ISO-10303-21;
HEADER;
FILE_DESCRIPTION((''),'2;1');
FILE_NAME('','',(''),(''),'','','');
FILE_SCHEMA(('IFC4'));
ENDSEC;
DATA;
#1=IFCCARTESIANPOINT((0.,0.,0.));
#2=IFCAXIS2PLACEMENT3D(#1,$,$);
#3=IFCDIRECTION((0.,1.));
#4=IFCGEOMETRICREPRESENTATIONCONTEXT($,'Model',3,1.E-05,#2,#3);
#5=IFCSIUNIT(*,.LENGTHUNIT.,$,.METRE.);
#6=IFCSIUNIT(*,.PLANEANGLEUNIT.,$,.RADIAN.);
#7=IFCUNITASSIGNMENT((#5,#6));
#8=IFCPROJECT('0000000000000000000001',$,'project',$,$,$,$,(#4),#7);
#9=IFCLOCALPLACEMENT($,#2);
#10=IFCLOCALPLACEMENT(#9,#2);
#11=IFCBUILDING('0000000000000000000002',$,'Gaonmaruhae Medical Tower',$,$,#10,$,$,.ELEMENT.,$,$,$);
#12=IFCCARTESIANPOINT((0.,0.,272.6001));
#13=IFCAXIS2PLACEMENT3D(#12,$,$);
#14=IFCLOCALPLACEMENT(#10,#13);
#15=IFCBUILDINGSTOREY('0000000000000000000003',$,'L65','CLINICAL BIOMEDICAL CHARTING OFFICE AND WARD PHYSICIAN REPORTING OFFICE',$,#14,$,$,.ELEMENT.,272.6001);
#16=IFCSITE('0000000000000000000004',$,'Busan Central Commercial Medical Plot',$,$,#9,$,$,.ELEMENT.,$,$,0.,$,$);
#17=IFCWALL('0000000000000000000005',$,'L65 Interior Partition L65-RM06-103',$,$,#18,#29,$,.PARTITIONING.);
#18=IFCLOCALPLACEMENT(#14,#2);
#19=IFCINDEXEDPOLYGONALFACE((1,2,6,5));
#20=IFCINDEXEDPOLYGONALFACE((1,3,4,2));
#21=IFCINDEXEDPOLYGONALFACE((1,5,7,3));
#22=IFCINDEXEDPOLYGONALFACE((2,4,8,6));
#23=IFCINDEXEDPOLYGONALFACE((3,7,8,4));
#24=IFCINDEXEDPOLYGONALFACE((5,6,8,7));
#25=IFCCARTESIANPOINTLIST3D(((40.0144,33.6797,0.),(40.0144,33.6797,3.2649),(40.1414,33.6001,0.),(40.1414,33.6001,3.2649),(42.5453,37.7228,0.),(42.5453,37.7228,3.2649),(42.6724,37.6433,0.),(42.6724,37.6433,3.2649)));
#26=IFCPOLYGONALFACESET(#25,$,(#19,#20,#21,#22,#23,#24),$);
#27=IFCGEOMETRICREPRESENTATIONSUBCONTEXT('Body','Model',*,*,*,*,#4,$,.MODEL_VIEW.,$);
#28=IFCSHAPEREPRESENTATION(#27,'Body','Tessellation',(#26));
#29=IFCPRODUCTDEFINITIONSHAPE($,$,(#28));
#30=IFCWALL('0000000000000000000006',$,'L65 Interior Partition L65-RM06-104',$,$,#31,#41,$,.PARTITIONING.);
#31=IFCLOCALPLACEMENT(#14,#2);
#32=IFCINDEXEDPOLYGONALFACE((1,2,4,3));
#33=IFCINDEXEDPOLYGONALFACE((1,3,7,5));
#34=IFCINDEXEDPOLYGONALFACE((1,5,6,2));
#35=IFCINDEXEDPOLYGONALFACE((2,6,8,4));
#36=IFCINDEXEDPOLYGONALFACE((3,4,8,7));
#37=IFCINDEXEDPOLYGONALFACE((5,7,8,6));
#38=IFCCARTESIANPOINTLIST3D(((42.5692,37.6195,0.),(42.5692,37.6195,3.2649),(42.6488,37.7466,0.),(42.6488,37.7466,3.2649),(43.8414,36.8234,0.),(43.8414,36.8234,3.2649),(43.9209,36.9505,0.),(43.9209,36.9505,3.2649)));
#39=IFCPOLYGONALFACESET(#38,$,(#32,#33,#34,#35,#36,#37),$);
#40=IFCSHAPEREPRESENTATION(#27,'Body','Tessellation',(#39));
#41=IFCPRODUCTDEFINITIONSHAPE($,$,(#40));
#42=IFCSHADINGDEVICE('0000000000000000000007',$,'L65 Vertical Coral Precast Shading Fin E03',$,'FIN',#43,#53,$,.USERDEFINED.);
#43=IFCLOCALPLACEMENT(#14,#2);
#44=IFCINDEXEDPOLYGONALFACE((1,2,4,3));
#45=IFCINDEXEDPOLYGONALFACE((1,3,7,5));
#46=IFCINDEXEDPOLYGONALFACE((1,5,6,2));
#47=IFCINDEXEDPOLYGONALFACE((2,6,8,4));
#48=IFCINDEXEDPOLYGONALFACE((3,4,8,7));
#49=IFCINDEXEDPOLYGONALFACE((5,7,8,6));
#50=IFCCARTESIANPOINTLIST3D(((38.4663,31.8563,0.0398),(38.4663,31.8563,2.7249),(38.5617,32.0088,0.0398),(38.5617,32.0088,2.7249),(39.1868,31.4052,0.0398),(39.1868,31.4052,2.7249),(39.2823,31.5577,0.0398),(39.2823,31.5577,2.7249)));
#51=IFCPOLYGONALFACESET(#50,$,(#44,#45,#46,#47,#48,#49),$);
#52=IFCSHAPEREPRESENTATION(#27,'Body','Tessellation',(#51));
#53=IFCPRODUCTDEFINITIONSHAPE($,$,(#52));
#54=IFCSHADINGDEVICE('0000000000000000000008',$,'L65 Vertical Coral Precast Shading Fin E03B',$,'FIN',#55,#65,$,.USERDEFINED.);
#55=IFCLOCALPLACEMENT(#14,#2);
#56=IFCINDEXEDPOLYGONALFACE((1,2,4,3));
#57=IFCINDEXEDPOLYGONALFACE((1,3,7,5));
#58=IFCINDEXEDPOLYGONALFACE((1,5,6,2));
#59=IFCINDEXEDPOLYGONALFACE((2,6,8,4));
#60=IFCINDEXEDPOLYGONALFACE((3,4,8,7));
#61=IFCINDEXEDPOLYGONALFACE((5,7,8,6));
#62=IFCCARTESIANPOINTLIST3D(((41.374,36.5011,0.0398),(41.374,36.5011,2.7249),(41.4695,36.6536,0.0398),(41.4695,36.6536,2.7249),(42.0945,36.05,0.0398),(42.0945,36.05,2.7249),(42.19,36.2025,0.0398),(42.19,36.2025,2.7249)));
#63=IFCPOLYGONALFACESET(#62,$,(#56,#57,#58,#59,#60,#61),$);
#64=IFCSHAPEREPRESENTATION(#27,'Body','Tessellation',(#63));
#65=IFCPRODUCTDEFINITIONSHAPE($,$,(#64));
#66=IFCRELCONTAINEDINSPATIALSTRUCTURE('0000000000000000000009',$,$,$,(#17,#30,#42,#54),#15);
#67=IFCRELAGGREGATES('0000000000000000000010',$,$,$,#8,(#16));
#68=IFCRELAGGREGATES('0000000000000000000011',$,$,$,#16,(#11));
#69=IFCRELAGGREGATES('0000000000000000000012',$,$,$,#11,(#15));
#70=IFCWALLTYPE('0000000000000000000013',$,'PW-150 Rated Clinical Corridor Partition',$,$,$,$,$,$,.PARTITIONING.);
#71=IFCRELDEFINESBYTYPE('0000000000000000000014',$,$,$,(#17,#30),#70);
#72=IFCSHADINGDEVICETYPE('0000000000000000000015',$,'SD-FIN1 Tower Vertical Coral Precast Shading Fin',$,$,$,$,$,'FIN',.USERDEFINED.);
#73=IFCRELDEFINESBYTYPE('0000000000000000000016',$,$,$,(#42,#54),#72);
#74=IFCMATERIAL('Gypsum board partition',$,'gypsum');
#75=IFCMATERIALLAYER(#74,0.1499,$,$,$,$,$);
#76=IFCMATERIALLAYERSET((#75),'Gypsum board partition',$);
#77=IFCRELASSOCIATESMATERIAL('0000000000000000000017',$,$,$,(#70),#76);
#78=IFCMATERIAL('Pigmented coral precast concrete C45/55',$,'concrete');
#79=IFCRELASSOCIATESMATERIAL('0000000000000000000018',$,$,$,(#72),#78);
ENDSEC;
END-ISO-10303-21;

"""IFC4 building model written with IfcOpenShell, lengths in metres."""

from ifc_helpers import new_model, si_unit, direction, frame, frame_2d, origin, origin_2d, place, context, subcontext, project, spatial, rectangle, extrude, material, layer, layer_set, type_object, element, save


model = new_model("IFC4")

# Units and contexts
model_context = context("Model", 3, precision=1e-05, world=origin(), true_north=direction((0.0, 1.0)))
body_context = subcontext(model_context, "Body", "Model", "MODEL_VIEW")
ifc_project = project(units=[si_unit("LENGTHUNIT", "METRE"), si_unit("PLANEANGLEUNIT", "RADIAN")], contexts=[model_context])

# Site, building, storey
site_placement = place(None, origin())
site = spatial("IfcSite", under=ifc_project, at=site_placement, Name="Busan Central Commercial Medical Plot", CompositionType="ELEMENT", RefElevation=0.0)
building_placement = place(site_placement, origin())
building = spatial("IfcBuilding", under=site, at=building_placement, Name="Gaonmaruhae Medical Tower", CompositionType="ELEMENT")
storey_placement = place(building_placement, frame((0.0, 0.0, 272.6001)))
storey = spatial("IfcBuildingStorey", under=building, at=storey_placement, Name="L65", Description="CLINICAL BIOMEDICAL CHARTING OFFICE AND WARD PHYSICIAN REPORTING OFFICE", CompositionType="ELEMENT", Elevation=272.6001)

# Walls
ifc_material_1 = material(Name="Gypsum board partition", Category="gypsum")
ifc_layer_1 = layer(ifc_material_1, 0.1499)
ifc_layer_set_1 = layer_set([ifc_layer_1], Name="Gypsum board partition")
wall_type_1 = type_object("IfcWallType", Name="PW-150 Rated Clinical Corridor Partition", PredefinedType="PARTITIONING", material=ifc_layer_set_1)
wall_1_placement = place(storey_placement, frame((40.0779, 33.6399, 0.0), z_axis=(0.0, 0.0, 1.0), x_axis=(0.530601, 0.847621, 0.0)))
element("IfcWall", 1, at=wall_1_placement, inside=storey, type_object=wall_type_1, Name="L65 Interior Partition L65-RM06-103", PredefinedType="PARTITIONING", context=body_context, shape_type="SweptSolid", body=[
    extrude(rectangle(XDim=4.77, YDim=0.1499, at=frame_2d((2.385, 0.0))), origin(), (0.0, 0.0, 1.0), 3.2649),
])
wall_2_placement = place(storey_placement, frame((42.6089, 37.6831, 0.0), z_axis=(0.0, 0.0, 1.0), x_axis=(0.847697, -0.530481, 0.0)))
element("IfcWall", 2, at=wall_2_placement, inside=storey, type_object=wall_type_1, Name="L65 Interior Partition L65-RM06-104", PredefinedType="PARTITIONING", context=body_context, shape_type="SweptSolid", body=[
    extrude(rectangle(XDim=1.5007, YDim=0.1499, at=frame_2d((0.7505, 0.0))), origin(), (0.0, 0.0, 1.0), 3.2649),
])

# Shading devices
ifc_material_2 = material(Name="Pigmented coral precast concrete C45/55", Category="concrete")
shading_device_type = type_object("IfcShadingDeviceType", Name="SD-FIN1 Tower Vertical Coral Precast Shading Fin", ElementType="FIN", PredefinedType="USERDEFINED", material=ifc_material_2)
for number, where, z_axis, x_axis, name in (
    (3, (38.8743, 31.707, 0.0398), (0.0, 0.0, 1.0), (0.530659, 0.847585, 0.0), "L65 Vertical Coral Precast Shading Fin E03"),
    (4, (41.782, 36.3518, 0.0398), (0.0, 0.0, 1.0), (0.530659, 0.847585, 0.0), "L65 Vertical Coral Precast Shading Fin E03B"),
):
    element("IfcShadingDevice", number, at=place(storey_placement, frame(where, z_axis=z_axis, x_axis=x_axis)), inside=storey, type_object=shading_device_type, Name=name, ObjectType="FIN", PredefinedType="USERDEFINED", context=body_context, shape_type="SweptSolid", body=[
        extrude(rectangle(XDim=0.1799, YDim=0.8501, at=origin_2d()), origin(), (0.0, 0.0, 1.0), 2.6851),
    ])

save(model, "model.ifc")
